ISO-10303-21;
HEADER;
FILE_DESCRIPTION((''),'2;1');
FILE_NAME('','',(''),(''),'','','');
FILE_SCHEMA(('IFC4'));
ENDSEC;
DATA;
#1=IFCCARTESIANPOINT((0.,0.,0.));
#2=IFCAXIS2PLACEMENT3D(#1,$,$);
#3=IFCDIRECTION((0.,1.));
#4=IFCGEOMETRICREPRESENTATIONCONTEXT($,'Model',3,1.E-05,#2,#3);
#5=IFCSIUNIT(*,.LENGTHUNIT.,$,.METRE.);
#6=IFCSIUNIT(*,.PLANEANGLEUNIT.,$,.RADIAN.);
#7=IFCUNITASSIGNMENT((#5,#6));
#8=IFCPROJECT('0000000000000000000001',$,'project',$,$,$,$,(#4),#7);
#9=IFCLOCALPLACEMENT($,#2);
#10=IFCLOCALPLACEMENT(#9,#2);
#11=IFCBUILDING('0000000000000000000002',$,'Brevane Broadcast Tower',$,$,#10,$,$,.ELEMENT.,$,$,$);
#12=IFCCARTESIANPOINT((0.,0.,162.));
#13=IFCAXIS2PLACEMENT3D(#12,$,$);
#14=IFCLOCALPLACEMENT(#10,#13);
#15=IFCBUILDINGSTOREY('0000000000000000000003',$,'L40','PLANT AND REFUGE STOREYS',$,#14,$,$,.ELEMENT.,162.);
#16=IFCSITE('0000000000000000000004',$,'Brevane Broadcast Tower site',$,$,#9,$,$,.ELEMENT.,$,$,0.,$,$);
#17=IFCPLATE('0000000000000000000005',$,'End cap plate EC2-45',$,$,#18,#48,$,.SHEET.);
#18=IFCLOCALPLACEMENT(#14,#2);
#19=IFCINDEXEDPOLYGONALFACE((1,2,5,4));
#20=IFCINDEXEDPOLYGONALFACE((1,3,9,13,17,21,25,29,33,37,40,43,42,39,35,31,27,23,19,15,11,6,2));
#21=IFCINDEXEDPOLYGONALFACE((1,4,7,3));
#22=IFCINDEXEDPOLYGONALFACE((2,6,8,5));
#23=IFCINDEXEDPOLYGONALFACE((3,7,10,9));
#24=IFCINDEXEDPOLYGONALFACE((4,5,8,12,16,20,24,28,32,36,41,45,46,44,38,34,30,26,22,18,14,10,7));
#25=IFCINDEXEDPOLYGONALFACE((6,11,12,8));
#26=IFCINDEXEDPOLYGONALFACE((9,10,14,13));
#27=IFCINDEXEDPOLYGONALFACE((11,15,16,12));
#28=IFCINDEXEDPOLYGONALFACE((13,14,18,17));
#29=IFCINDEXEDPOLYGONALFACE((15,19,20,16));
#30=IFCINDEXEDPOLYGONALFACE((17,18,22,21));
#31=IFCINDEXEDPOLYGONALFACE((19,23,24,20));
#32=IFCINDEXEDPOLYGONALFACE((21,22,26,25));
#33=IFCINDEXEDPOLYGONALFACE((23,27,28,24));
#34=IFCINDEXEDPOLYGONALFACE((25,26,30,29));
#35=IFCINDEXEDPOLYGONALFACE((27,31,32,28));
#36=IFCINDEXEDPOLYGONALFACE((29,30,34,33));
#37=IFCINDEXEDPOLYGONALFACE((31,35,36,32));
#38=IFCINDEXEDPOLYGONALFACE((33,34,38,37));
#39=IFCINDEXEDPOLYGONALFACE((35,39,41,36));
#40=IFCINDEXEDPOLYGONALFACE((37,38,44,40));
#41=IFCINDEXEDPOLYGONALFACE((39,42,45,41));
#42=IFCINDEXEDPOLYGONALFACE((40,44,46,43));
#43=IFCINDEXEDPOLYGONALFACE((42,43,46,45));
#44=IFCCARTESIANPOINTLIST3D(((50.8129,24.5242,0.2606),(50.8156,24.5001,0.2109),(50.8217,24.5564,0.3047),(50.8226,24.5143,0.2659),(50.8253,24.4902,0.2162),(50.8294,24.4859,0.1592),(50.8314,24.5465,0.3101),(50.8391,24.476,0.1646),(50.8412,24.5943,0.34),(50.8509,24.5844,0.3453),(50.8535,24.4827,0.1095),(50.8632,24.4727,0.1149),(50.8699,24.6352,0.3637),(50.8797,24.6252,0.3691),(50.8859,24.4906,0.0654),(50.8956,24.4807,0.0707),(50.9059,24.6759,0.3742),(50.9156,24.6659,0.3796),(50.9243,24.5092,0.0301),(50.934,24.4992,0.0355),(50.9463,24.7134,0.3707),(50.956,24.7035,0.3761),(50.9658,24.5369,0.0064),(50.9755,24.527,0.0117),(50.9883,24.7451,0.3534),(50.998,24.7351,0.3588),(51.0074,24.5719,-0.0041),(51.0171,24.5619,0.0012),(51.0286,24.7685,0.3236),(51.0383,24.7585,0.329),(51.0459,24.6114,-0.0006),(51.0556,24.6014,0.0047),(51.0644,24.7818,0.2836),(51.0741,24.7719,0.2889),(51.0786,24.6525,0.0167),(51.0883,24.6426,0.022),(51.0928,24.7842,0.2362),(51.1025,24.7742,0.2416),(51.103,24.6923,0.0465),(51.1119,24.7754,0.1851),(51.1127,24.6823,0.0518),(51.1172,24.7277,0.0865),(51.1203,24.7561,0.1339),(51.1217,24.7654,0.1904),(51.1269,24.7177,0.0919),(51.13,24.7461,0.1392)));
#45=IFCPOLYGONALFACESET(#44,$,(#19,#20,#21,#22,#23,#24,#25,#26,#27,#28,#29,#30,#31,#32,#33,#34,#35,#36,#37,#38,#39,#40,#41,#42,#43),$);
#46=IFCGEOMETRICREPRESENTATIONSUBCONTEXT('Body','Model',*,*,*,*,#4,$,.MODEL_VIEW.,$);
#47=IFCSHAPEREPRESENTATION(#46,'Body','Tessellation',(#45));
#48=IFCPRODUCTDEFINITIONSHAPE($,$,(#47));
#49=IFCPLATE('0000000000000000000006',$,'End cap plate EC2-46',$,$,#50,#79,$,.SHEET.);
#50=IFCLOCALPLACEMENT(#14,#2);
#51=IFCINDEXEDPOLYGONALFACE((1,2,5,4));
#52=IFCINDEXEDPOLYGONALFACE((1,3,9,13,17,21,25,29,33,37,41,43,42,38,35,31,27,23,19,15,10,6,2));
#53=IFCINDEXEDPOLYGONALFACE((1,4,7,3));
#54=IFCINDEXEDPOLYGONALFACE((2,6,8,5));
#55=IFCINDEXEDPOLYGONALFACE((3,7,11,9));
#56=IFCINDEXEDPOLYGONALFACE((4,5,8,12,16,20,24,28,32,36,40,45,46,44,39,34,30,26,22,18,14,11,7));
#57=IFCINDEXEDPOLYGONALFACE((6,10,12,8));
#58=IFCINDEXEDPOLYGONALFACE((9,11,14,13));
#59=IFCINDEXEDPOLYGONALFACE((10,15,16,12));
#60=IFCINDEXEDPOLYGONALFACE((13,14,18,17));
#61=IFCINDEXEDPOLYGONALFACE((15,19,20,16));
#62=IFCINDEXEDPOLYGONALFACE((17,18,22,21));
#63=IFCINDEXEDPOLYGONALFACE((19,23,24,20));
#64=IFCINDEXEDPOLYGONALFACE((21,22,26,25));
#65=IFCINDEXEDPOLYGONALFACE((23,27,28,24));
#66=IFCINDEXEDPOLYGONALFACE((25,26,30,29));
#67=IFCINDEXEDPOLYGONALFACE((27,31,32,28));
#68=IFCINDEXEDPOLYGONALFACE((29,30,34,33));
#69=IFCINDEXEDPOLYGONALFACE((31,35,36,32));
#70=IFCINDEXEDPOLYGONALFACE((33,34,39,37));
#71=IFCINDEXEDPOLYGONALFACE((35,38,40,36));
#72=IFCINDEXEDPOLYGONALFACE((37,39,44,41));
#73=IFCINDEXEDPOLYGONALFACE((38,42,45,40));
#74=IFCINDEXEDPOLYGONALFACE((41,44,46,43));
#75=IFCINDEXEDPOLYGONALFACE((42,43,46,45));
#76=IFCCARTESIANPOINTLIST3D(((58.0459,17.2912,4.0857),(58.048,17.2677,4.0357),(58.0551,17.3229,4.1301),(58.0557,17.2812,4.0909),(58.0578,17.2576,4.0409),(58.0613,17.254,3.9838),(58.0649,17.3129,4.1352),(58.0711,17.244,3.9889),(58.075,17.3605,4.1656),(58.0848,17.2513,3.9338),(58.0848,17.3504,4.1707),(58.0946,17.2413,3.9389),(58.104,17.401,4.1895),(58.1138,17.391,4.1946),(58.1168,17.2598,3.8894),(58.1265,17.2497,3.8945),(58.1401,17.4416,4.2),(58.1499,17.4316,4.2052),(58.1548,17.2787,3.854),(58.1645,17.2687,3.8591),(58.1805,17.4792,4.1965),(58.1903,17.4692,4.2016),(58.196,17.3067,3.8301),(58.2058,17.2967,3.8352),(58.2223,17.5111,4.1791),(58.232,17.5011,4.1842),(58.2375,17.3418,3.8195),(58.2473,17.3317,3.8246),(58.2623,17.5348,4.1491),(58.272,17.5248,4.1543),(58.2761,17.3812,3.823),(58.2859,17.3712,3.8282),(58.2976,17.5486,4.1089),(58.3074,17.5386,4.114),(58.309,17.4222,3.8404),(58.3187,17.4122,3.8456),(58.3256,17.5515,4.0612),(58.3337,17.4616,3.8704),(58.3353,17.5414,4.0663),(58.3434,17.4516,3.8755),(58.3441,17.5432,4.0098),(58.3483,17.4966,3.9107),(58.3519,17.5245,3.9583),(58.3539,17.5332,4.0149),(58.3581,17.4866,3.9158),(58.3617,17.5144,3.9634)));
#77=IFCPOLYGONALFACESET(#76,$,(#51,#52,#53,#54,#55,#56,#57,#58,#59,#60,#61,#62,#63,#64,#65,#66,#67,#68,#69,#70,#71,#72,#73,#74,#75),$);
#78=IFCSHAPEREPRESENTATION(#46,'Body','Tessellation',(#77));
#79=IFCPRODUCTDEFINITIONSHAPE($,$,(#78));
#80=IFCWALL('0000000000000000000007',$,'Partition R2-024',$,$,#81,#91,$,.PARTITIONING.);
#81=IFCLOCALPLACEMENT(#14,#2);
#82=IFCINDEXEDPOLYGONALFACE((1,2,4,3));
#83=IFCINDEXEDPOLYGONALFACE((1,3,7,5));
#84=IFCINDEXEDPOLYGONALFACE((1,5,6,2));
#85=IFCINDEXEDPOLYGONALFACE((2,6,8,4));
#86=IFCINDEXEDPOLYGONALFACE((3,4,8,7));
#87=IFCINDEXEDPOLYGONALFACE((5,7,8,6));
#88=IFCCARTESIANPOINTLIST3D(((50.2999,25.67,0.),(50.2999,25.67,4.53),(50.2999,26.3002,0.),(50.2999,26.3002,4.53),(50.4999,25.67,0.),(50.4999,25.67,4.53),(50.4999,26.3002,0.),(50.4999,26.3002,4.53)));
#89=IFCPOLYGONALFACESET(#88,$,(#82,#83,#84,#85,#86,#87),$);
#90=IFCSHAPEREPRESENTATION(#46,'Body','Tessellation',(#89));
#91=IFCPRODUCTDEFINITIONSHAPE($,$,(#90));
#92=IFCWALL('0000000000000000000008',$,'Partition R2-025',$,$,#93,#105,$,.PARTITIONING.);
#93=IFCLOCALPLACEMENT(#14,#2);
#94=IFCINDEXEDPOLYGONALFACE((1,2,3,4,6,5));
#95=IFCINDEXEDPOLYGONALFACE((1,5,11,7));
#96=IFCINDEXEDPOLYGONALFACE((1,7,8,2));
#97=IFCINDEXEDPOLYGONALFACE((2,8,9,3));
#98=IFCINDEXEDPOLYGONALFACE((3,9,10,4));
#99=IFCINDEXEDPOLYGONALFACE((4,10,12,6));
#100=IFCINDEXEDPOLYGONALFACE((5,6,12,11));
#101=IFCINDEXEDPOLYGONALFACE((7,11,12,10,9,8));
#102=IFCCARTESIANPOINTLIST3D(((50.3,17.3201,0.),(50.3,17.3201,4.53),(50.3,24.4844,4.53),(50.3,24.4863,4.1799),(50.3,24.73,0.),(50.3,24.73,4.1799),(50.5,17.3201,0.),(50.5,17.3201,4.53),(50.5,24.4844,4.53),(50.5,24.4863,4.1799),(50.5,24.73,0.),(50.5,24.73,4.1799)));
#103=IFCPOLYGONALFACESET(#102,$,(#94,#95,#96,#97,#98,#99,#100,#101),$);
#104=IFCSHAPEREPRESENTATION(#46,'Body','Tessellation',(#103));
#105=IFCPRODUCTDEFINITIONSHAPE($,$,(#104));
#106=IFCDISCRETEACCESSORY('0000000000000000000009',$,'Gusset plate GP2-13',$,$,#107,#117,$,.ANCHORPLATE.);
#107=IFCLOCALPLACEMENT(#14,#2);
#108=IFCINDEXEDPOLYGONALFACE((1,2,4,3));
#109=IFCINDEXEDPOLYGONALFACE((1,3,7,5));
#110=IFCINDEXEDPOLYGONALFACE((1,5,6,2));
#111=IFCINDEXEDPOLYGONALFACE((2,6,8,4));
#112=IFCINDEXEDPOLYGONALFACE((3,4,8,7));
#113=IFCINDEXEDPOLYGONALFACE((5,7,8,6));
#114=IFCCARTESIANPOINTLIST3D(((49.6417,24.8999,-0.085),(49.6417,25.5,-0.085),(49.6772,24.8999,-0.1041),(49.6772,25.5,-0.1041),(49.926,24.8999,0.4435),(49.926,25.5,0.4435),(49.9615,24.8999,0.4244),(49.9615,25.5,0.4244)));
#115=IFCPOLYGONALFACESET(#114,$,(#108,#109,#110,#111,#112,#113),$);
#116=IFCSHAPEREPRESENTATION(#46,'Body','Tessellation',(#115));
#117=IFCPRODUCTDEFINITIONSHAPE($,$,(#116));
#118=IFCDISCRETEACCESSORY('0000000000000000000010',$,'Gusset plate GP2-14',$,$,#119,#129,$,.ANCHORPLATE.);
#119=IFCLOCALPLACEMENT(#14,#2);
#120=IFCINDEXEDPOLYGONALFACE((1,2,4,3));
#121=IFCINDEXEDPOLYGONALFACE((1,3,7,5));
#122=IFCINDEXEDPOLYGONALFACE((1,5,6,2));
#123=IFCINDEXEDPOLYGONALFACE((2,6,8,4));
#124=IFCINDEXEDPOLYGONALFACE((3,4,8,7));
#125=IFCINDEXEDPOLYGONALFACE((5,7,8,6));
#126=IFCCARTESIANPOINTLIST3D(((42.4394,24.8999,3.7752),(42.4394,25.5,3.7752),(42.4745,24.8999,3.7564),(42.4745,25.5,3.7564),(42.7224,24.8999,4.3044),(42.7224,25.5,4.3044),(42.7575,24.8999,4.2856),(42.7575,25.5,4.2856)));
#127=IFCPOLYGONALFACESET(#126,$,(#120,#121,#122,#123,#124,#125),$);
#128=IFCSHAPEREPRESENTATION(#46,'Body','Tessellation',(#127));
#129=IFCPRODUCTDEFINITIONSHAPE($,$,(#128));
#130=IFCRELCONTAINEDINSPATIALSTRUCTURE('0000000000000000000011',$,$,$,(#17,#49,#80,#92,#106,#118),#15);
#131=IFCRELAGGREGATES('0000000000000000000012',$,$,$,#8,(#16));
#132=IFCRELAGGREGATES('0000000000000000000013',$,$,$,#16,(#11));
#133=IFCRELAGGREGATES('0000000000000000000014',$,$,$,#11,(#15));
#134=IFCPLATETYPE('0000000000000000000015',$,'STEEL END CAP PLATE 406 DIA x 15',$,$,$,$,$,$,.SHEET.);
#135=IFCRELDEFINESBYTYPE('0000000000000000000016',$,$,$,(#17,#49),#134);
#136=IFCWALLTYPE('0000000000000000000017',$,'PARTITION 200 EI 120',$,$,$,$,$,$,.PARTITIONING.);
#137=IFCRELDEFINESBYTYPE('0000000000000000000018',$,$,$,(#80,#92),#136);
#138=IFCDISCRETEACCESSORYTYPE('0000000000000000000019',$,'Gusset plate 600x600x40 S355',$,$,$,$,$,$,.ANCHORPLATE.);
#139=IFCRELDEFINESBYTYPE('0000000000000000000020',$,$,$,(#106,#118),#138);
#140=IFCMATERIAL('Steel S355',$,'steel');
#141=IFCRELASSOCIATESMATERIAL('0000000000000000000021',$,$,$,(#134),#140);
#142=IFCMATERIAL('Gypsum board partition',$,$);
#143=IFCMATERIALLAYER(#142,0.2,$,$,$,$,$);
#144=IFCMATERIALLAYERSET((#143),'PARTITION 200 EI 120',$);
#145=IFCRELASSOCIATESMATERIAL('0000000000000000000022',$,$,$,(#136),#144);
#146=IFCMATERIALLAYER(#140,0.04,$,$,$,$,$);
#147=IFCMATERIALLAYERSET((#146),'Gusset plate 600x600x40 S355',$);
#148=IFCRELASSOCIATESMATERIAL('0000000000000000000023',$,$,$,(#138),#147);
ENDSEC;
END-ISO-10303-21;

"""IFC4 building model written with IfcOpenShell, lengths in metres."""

from ifc_helpers import new_model, si_unit, direction, frame, frame_2d, origin, origin_2d, place, context, subcontext, project, spatial, polyline, rectangle, circle, outline, extrude, material, layer, layer_set, material_profile, profile_set, type_object, element, save


model = new_model("IFC4")

# Units and contexts
model_context = context("Model", 3, precision=1e-05, world=origin(), true_north=direction((0.0, 1.0)))
body_context = subcontext(model_context, "Body", "Model", "MODEL_VIEW")
ifc_project = project(units=[si_unit("LENGTHUNIT", "METRE"), si_unit("PLANEANGLEUNIT", "RADIAN")], contexts=[model_context])

# Site, building, storey
site_placement = place(None, origin())
site = spatial("IfcSite", under=ifc_project, at=site_placement, Name="Brevane Broadcast Tower site", CompositionType="ELEMENT", RefElevation=0.0)
building_placement = place(site_placement, origin())
building = spatial("IfcBuilding", under=site, at=building_placement, Name="Brevane Broadcast Tower", CompositionType="ELEMENT")
storey_placement = place(building_placement, frame((0.0, 0.0, 162.0)))
storey = spatial("IfcBuildingStorey", under=building, at=storey_placement, Name="L40", Description="PLANT AND REFUGE STOREYS", CompositionType="ELEMENT", Elevation=162.0)

# Shared definitions
ifc_material_1 = material(Name="Steel S355", Category="steel")

# Plates
ifc_material_profile_1 = material_profile(ifc_material_1, circle(Radius=0.2031, at=origin_2d()), Name="PL 406 DIA x 15")
ifc_profile_set_1 = profile_set([ifc_material_profile_1], Name="Steel S355")
plate_type = type_object("IfcPlateType", Name="STEEL END CAP PLATE 406 DIA x 15", PredefinedType="SHEET", material=ifc_profile_set_1)
for number, where, z_axis, x_axis, name in (
    (1, (50.9666, 24.6335, 0.1851), (0.651895, -0.668192, 0.358542), (0.715782, 0.698324, 0.0), "End cap plate EC2-45"),
    (2, (58.1987, 17.4014, 4.0098), (0.65565, -0.672041, 0.344216), (0.715782, 0.698324, 0.0), "End cap plate EC2-46"),
):
    element("IfcPlate", number, at=place(storey_placement, frame(where, z_axis=z_axis, x_axis=x_axis)), inside=storey, type_object=plate_type, Name=name, PredefinedType="SHEET", context=body_context, shape_type="SweptSolid", body=[
        extrude(circle(Radius=0.2031, at=origin_2d()), origin(), (0.0, 0.0, 1.0), 0.0149),
    ])

# Walls
ifc_material_2 = material(Name="Gypsum board partition")
ifc_layer_1 = layer(ifc_material_2, 0.2)
ifc_layer_set_1 = layer_set([ifc_layer_1], Name="PARTITION 200 EI 120")
wall_type = type_object("IfcWallType", Name="PARTITION 200 EI 120", PredefinedType="PARTITIONING", material=ifc_layer_set_1)
wall_1_placement = place(storey_placement, frame((50.3999, 26.3, 0.0), z_axis=(0.0, 0.0, 1.0), x_axis=(0.0, -1.0, 0.0)))
element("IfcWall", 3, at=wall_1_placement, inside=storey, type_object=wall_type, Name="Partition R2-024", PredefinedType="PARTITIONING", context=body_context, shape_type="SweptSolid", body=[
    extrude(rectangle(XDim=0.6301, YDim=0.2, at=frame_2d((0.3149, 0.0))), origin(), (0.0, 0.0, 1.0), 4.53),
])
wall_2_placement = place(storey_placement, frame((50.3999, 24.73, 0.0), z_axis=(0.0, 0.0, 1.0), x_axis=(0.0, -1.0, 0.0)))
element("IfcWall", 4, at=wall_2_placement, inside=storey, type_object=wall_type, Name="Partition R2-025", PredefinedType="PARTITIONING", context=body_context, shape_type="SweptSolid", body=[
    extrude(outline(polyline([(0.0, 0.0), (7.4099, 0.0), (7.4099, 4.53), (0.2456, 4.53), (0.2437, 4.1799), (0.0, 4.1799), (0.0, 0.0)])), frame((0.0, 0.1001, 0.0), z_axis=(0.0, -1.0, 0.0), x_axis=(1.0, 0.0, 0.0)), (0.0, 0.0, 1.0), 0.2),
])

# Discrete accessories
ifc_layer_2 = layer(ifc_material_1, 0.04)
ifc_layer_set_2 = layer_set([ifc_layer_2], Name="Gusset plate 600x600x40 S355")
discrete_accessory_type = type_object("IfcDiscreteAccessoryType", Name="Gusset plate 600x600x40 S355", PredefinedType="ANCHORPLATE", material=ifc_layer_set_2)
discrete_accessory_1_placement = place(storey_placement, frame((49.8193, 25.2, 0.1602), z_axis=(-0.880666, 0.0, 0.473738), x_axis=(0.0, -1.0, 0.0)))
element("IfcDiscreteAccessory", 5, at=discrete_accessory_1_placement, inside=storey, type_object=discrete_accessory_type, Name="Gusset plate GP2-13", PredefinedType="ANCHORPLATE", context=body_context, shape_type="SweptSolid", body=[
    extrude(rectangle(XDim=0.6001, YDim=0.6001, at=origin_2d()), origin(), (0.0, 0.0, 1.0), 0.0403),
])
discrete_accessory_2_placement = place(storey_placement, frame((42.616, 25.2, 4.021), z_axis=(-0.881844, 0.0, 0.471542), x_axis=(0.0, -1.0, 0.0)))
element("IfcDiscreteAccessory", 6, at=discrete_accessory_2_placement, inside=storey, type_object=discrete_accessory_type, Name="Gusset plate GP2-14", PredefinedType="ANCHORPLATE", context=body_context, shape_type="SweptSolid", body=[
    extrude(rectangle(XDim=0.6001, YDim=0.6001, at=origin_2d()), origin(), (0.0, 0.0, 1.0), 0.0398),
])

save(model, "model.ifc")
